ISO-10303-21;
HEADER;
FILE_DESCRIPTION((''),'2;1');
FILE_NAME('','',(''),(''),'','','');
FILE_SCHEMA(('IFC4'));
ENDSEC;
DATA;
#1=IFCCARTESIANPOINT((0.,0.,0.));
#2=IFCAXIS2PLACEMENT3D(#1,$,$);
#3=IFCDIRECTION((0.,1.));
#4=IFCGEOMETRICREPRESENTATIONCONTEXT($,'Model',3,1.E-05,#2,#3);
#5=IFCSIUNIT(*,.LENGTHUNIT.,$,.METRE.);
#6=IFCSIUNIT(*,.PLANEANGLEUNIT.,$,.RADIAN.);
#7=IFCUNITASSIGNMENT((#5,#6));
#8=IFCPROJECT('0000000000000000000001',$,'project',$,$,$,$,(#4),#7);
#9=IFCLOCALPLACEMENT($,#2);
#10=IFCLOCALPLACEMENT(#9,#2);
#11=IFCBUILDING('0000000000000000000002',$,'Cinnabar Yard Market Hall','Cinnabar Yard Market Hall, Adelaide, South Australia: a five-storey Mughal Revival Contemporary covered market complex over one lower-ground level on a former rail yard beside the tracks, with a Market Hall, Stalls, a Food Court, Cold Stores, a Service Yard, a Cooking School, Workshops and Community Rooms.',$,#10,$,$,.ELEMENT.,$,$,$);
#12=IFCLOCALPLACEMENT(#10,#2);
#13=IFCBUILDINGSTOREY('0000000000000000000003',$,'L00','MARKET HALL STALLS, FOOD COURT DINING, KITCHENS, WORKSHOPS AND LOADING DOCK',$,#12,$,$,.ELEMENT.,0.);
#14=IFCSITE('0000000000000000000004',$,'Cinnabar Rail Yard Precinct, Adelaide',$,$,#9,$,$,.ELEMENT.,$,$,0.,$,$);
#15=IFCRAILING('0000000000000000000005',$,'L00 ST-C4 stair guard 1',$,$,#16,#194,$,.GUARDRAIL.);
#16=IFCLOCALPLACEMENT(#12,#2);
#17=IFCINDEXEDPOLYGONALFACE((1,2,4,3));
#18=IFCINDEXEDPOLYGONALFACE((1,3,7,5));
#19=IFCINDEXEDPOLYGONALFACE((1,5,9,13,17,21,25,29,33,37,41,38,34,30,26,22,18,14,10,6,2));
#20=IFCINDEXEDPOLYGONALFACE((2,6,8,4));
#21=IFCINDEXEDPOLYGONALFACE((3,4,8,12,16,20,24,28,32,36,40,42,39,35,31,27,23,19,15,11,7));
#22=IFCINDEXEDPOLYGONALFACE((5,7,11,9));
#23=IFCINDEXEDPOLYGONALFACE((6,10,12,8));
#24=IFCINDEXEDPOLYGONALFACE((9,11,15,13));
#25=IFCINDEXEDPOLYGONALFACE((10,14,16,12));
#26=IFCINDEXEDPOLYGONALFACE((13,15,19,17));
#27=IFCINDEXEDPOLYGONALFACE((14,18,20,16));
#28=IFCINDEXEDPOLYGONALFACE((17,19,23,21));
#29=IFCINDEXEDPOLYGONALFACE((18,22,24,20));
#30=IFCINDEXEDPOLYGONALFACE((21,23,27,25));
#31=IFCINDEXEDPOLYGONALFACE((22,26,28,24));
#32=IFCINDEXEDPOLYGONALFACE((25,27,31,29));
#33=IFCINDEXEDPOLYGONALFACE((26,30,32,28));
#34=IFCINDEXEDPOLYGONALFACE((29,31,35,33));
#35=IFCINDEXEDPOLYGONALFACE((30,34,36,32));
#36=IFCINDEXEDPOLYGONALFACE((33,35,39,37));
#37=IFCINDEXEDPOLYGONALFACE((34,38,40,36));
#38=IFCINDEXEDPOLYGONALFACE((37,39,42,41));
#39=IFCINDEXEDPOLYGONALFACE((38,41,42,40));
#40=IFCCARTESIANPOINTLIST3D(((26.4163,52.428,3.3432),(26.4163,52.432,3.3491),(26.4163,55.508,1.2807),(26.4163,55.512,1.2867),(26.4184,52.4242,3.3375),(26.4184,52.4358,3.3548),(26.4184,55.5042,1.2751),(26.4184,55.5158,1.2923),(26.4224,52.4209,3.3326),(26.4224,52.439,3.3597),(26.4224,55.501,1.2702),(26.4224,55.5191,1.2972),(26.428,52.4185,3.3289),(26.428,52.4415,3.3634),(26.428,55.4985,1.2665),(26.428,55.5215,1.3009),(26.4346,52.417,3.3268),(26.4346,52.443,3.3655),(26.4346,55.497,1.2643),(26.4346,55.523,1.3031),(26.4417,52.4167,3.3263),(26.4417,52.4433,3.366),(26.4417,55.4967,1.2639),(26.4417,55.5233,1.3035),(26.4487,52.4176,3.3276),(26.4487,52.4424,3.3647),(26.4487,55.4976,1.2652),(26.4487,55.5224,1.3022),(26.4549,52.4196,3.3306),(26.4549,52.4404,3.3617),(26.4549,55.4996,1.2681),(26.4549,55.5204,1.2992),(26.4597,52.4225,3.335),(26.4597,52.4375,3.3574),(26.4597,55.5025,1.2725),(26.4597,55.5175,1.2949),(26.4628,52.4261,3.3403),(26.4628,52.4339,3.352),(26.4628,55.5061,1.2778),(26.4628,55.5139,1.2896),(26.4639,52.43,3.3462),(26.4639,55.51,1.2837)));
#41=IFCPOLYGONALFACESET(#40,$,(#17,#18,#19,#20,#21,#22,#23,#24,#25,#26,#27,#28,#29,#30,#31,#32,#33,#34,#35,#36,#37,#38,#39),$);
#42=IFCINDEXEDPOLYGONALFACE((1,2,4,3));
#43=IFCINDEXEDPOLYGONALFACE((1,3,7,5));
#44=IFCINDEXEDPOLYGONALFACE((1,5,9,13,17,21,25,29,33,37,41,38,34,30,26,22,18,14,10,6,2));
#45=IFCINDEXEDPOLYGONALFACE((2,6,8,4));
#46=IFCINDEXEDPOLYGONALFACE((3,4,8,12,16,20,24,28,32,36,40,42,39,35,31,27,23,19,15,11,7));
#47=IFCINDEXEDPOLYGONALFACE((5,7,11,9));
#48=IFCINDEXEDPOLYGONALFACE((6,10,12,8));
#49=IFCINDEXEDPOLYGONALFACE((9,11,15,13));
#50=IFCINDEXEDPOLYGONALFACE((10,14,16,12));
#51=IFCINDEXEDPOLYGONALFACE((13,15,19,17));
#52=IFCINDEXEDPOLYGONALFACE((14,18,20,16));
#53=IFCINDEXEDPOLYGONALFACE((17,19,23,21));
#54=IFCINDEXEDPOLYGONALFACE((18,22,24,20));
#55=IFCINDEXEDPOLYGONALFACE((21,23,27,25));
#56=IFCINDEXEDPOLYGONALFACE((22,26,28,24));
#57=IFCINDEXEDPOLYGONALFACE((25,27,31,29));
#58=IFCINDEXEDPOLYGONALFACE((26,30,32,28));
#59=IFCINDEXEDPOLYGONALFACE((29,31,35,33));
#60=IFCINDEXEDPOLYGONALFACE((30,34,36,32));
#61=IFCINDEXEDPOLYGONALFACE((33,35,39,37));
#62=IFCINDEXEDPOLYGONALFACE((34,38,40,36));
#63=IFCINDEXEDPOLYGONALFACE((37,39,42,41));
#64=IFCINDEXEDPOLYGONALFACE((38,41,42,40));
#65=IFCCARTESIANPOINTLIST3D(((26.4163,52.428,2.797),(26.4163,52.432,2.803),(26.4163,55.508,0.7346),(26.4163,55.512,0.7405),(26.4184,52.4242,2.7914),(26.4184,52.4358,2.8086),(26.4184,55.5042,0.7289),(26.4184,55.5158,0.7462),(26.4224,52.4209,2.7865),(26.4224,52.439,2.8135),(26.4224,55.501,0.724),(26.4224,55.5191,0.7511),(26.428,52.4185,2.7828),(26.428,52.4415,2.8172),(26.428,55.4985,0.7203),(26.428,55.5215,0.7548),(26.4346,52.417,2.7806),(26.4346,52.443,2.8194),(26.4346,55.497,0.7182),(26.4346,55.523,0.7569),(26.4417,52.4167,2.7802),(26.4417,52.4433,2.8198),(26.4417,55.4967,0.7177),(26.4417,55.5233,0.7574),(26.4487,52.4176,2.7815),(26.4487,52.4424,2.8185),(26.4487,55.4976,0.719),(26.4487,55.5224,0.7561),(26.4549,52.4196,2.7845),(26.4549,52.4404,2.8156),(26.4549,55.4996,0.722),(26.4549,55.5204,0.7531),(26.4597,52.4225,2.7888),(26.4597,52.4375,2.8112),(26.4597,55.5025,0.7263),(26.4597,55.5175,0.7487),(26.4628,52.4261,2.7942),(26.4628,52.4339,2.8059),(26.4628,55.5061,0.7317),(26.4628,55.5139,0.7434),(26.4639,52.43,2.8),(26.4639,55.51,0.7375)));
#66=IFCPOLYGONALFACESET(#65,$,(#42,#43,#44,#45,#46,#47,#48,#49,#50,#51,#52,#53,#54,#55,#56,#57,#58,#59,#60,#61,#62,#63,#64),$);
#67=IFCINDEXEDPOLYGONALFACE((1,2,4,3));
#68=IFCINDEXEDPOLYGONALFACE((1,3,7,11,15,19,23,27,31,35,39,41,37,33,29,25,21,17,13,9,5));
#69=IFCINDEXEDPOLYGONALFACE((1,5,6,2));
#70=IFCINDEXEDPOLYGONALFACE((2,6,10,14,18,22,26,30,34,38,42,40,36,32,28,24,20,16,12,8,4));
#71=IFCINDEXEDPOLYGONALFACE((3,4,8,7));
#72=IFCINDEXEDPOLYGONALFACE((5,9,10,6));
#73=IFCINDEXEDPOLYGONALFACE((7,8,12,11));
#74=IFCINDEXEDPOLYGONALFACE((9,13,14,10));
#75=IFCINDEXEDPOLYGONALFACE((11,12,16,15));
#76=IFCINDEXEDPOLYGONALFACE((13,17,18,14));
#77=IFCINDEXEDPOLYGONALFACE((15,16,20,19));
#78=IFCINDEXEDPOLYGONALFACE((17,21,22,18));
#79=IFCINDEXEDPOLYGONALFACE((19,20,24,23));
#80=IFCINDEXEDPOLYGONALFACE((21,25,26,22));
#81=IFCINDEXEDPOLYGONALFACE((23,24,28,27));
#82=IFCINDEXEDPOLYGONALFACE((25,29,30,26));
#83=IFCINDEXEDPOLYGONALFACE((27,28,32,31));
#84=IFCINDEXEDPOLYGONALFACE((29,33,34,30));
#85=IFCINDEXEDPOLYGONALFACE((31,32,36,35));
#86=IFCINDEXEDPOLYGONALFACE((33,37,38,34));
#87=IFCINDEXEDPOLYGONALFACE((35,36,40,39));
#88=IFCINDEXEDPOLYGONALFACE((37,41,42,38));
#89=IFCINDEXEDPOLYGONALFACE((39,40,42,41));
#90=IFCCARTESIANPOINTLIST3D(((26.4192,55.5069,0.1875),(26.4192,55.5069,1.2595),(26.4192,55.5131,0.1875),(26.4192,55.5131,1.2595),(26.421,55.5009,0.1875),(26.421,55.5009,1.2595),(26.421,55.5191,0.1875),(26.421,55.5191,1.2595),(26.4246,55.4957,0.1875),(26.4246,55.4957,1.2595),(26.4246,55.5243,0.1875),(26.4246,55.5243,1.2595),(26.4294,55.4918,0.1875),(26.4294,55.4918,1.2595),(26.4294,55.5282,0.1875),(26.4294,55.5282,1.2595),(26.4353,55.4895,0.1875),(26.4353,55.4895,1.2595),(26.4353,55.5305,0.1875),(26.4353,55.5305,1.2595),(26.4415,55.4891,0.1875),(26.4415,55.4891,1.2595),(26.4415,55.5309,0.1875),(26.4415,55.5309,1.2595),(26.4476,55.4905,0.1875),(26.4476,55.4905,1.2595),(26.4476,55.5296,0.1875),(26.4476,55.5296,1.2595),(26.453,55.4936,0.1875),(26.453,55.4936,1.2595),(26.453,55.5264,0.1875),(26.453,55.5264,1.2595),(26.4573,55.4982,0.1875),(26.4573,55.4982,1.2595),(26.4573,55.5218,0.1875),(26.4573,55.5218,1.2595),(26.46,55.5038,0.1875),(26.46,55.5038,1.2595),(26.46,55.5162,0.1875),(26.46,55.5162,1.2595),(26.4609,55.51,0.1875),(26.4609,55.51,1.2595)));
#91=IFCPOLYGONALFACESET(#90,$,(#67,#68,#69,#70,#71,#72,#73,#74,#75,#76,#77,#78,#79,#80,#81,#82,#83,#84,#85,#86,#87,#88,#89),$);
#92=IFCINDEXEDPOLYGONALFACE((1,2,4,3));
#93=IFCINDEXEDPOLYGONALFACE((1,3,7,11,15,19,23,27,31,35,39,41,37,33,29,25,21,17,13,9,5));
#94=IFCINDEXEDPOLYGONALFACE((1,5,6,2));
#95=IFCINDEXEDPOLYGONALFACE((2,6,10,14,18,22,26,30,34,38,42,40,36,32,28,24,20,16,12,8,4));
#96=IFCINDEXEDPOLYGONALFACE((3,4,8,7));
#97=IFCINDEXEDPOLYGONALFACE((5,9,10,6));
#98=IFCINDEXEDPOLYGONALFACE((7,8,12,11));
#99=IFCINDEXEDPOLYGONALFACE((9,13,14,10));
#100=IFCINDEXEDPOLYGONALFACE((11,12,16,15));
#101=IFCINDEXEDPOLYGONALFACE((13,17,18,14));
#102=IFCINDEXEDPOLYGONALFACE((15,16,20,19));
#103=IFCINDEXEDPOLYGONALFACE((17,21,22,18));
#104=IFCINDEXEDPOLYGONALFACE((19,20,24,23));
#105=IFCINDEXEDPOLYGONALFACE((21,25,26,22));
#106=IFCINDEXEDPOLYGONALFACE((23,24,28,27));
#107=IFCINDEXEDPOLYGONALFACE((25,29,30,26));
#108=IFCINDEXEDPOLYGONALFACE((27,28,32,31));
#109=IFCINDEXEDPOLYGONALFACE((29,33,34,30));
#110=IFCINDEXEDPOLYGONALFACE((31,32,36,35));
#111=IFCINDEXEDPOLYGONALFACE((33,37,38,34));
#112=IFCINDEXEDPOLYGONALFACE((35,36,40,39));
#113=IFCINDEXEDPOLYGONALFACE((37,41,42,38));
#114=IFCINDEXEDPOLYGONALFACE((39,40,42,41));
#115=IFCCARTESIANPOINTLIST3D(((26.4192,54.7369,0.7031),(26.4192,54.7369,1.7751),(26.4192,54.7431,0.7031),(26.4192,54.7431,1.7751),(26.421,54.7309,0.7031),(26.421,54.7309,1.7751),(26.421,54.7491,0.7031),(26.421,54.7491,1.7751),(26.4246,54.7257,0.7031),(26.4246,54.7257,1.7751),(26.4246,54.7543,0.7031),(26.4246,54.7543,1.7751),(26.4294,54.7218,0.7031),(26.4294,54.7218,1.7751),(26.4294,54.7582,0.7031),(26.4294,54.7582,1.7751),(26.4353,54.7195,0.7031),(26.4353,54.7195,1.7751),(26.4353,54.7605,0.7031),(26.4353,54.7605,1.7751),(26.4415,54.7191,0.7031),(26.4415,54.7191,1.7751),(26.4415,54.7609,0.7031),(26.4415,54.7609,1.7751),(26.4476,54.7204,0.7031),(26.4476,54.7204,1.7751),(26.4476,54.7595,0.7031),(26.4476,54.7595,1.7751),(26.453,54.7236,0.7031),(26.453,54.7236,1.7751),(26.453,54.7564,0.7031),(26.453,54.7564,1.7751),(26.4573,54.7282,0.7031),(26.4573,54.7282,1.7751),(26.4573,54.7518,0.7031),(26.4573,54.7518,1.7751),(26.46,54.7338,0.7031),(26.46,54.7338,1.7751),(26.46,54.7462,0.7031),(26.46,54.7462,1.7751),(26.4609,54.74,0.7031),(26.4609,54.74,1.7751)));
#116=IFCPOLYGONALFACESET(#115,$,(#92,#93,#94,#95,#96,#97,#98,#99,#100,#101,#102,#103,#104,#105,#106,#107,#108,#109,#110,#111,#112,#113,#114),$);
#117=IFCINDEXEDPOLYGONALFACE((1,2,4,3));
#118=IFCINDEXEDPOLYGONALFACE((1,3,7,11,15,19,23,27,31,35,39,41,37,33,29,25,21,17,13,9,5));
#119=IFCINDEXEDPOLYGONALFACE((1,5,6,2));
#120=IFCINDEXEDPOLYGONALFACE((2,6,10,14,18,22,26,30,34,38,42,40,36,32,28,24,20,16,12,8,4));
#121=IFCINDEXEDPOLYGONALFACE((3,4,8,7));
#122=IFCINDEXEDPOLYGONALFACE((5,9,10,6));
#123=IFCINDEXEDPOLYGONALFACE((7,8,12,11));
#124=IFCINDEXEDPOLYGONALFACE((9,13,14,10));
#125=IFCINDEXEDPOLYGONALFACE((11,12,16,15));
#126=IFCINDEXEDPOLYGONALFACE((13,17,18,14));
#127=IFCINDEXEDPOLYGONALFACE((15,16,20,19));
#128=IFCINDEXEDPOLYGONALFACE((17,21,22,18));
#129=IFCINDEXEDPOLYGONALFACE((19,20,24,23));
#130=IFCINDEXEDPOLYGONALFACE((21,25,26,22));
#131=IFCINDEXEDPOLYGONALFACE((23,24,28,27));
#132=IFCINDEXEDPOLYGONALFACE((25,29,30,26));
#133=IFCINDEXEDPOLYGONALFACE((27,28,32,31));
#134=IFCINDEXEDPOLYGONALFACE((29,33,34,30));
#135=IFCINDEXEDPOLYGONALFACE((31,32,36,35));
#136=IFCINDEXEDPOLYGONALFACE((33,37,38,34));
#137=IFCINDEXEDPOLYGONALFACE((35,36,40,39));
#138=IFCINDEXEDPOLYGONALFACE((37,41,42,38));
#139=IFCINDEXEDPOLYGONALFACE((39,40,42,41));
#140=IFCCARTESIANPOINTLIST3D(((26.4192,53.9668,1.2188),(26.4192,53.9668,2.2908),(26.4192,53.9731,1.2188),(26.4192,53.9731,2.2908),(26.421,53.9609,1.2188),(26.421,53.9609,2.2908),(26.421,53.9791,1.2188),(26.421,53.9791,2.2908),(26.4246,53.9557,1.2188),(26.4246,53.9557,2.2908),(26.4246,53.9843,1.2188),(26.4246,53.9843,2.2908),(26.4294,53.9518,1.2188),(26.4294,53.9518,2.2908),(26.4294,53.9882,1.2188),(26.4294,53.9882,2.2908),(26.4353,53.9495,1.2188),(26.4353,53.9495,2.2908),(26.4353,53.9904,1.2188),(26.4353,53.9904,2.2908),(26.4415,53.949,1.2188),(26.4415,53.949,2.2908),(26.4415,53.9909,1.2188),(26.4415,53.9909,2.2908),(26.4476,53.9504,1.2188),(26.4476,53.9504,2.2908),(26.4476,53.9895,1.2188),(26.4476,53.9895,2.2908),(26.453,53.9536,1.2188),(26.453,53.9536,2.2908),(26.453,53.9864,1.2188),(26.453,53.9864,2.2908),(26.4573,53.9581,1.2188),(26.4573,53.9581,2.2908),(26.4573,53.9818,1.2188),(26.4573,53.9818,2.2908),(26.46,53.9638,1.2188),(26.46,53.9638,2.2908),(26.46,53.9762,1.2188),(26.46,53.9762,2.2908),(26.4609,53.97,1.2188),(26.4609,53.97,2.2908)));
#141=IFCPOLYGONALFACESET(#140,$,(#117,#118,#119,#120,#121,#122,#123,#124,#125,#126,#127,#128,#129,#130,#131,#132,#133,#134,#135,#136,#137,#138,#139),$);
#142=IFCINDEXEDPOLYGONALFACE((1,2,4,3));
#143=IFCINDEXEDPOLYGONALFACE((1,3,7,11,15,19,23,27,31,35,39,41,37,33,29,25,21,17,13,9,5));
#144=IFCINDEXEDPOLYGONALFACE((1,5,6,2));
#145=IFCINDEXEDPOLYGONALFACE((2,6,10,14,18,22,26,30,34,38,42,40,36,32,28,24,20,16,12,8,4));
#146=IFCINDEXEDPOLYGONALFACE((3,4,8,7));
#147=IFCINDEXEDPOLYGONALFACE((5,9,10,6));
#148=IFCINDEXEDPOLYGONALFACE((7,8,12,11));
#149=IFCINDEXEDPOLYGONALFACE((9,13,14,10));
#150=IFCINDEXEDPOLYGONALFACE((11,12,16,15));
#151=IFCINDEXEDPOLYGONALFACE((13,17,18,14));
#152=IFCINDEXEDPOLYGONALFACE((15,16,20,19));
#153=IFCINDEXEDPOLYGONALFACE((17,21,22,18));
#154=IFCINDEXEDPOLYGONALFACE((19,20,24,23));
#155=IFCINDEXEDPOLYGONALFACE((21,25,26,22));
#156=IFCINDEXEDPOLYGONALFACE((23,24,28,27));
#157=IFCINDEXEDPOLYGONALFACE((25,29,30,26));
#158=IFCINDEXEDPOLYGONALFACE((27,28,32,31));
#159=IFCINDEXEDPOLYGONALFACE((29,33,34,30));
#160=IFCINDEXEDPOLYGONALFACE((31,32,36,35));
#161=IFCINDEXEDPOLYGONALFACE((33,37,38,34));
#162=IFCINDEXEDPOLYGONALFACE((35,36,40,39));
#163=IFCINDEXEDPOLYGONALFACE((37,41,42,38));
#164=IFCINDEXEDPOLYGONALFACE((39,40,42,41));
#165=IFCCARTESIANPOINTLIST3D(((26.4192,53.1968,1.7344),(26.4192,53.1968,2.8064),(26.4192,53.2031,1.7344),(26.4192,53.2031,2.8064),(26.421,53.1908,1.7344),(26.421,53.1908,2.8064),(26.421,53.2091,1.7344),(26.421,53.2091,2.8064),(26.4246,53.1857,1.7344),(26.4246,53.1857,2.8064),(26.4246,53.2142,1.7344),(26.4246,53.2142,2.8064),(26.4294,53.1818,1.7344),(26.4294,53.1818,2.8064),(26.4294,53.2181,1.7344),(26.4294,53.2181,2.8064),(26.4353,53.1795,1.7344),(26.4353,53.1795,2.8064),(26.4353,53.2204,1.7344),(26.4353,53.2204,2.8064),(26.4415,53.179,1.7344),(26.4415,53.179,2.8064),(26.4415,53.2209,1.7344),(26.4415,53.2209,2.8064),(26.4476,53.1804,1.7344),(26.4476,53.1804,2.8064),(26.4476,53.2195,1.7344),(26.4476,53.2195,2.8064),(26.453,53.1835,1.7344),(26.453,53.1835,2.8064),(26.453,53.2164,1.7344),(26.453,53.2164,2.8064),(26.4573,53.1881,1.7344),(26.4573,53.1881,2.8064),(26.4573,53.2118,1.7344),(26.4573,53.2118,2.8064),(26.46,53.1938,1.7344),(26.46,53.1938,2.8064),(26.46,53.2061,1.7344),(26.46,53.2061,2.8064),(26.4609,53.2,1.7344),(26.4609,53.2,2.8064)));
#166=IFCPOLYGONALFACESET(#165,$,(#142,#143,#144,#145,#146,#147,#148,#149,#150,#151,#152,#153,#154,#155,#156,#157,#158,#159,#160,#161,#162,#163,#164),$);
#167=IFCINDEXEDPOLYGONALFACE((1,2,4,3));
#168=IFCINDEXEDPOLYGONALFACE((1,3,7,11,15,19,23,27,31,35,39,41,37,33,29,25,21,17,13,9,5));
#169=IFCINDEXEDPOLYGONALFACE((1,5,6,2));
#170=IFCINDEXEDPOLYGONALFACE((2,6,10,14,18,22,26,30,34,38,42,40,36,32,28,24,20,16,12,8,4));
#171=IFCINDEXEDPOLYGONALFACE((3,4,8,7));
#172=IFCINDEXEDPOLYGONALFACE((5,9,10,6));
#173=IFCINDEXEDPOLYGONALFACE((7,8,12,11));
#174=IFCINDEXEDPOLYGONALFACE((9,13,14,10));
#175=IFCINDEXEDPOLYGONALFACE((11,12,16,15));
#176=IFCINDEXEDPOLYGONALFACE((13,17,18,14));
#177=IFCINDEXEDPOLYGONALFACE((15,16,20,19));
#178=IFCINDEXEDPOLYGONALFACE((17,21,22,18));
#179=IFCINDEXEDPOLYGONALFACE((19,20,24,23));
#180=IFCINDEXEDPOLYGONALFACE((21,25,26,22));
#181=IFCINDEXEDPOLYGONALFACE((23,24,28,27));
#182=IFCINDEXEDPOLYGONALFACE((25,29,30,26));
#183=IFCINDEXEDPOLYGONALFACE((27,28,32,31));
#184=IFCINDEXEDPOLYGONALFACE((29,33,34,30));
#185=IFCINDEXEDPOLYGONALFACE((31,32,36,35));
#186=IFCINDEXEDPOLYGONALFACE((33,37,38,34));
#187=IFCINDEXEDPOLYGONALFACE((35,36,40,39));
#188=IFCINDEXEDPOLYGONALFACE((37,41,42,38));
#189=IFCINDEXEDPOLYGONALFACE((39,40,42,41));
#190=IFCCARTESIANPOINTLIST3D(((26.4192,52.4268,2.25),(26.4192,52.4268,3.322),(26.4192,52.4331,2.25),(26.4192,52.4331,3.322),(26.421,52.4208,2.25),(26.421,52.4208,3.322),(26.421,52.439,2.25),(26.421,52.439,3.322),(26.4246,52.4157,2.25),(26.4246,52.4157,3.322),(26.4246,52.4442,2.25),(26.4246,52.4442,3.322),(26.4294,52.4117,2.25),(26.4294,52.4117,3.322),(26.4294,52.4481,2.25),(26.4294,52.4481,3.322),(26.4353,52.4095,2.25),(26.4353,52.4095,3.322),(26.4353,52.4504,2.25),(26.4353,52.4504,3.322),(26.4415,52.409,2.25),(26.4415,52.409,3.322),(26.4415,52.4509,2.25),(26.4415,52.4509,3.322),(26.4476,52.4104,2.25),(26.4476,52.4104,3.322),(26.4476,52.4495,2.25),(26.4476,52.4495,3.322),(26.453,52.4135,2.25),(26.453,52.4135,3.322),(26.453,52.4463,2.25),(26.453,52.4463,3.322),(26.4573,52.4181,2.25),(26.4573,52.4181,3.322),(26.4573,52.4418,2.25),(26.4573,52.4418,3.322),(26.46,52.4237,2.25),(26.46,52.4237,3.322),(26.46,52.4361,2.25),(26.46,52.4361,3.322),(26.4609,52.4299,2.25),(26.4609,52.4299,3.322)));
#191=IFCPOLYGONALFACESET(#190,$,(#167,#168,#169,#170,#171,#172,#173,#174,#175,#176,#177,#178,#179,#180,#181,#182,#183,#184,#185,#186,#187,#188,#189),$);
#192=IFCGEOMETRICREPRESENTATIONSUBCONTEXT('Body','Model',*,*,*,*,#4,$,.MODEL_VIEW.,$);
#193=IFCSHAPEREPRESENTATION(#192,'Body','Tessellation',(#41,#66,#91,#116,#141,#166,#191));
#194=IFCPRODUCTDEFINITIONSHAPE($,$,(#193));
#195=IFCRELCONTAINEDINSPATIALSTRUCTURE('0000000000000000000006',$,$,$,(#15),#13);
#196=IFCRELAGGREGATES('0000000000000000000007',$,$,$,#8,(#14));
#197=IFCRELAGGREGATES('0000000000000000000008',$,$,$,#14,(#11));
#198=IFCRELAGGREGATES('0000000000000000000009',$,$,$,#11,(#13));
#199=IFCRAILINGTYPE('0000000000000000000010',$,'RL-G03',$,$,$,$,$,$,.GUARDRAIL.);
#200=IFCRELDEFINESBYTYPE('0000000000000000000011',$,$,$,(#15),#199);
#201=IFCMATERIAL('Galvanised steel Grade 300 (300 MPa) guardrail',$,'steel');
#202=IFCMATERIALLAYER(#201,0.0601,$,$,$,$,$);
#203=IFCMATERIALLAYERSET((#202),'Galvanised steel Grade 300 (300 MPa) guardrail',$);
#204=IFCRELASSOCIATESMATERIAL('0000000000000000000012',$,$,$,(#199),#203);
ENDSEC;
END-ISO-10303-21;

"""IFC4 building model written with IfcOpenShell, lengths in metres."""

from ifc_helpers import new_model, si_unit, direction, frame, origin, origin_2d_with_axis, place, context, subcontext, project, spatial, circle, extrude, material, layer, layer_set, type_object, element, save


model = new_model("IFC4")

# Units and contexts
model_context = context("Model", 3, precision=1e-05, world=origin(), true_north=direction((0.0, 1.0)))
body_context = subcontext(model_context, "Body", "Model", "MODEL_VIEW")
ifc_project = project(units=[si_unit("LENGTHUNIT", "METRE"), si_unit("PLANEANGLEUNIT", "RADIAN")], contexts=[model_context])

# Site, building, storey
site_placement = place(None, origin())
site = spatial("IfcSite", under=ifc_project, at=site_placement, Name="Cinnabar Rail Yard Precinct, Adelaide", CompositionType="ELEMENT", RefElevation=0.0)
building_placement = place(site_placement, origin())
building = spatial("IfcBuilding", under=site, at=building_placement, Name="Cinnabar Yard Market Hall", Description="Cinnabar Yard Market Hall, Adelaide, South Australia: a five-storey Mughal Revival Contemporary covered market complex over one lower-ground level on a former rail yard beside the tracks, with a Market Hall, Stalls, a Food Court, Cold Stores, a Service Yard, a Cooking School, Workshops and Community Rooms.", CompositionType="ELEMENT")
storey_placement = place(building_placement, origin())
storey = spatial("IfcBuildingStorey", under=building, at=storey_placement, Name="L00", Description="MARKET HALL STALLS, FOOD COURT DINING, KITCHENS, WORKSHOPS AND LOADING DOCK", CompositionType="ELEMENT", Elevation=0.0)

# Railing
ifc_material_1 = material(Name="Galvanised steel Grade 300 (300 MPa) guardrail", Category="steel")
ifc_layer_1 = layer(ifc_material_1, 0.0601)
ifc_layer_set_1 = layer_set([ifc_layer_1], Name="Galvanised steel Grade 300 (300 MPa) guardrail")
railing_type_1 = type_object("IfcRailingType", Name="RL-G03", PredefinedType="GUARDRAIL", material=ifc_layer_set_1)
railing_1_placement = place(storey_placement, frame((26.4399, 55.51, 0.1875)))
element("IfcRailing", 1, at=railing_1_placement, inside=storey, type_object=railing_type_1, Name="L00 ST-C4 stair guard 1", PredefinedType="GUARDRAIL", context=body_context, shape_type="SweptSolid", body=[
    extrude(circle(Radius=0.0239, at=origin_2d_with_axis()), frame((0.0, 0.0, 1.0962), z_axis=(0.0, -0.830914, 0.556401), x_axis=(1.0, 0.0, 0.0)), (0.0, 0.0, 1.0), 3.7068),
    extrude(circle(Radius=0.0239, at=origin_2d_with_axis()), frame((0.0, 0.0, 0.55), z_axis=(0.0, -0.830914, 0.556401), x_axis=(1.0, 0.0, 0.0)), (0.0, 0.0, 1.0), 3.7068),
    extrude(circle(Radius=0.021, at=origin_2d_with_axis()), origin(), (0.0, 0.0, 1.0), 1.072),
    extrude(circle(Radius=0.021, at=origin_2d_with_axis()), frame((0.0, -0.77, 0.5156)), (0.0, 0.0, 1.0), 1.072),
    extrude(circle(Radius=0.021, at=origin_2d_with_axis()), frame((0.0, -1.54, 1.0312)), (0.0, 0.0, 1.0), 1.072),
    extrude(circle(Radius=0.021, at=origin_2d_with_axis()), frame((0.0, -2.3101, 1.5469)), (0.0, 0.0, 1.0), 1.072),
    extrude(circle(Radius=0.021, at=origin_2d_with_axis()), frame((0.0, -3.0801, 2.0625)), (0.0, 0.0, 1.0), 1.072),
])

save(model, "model.ifc")
